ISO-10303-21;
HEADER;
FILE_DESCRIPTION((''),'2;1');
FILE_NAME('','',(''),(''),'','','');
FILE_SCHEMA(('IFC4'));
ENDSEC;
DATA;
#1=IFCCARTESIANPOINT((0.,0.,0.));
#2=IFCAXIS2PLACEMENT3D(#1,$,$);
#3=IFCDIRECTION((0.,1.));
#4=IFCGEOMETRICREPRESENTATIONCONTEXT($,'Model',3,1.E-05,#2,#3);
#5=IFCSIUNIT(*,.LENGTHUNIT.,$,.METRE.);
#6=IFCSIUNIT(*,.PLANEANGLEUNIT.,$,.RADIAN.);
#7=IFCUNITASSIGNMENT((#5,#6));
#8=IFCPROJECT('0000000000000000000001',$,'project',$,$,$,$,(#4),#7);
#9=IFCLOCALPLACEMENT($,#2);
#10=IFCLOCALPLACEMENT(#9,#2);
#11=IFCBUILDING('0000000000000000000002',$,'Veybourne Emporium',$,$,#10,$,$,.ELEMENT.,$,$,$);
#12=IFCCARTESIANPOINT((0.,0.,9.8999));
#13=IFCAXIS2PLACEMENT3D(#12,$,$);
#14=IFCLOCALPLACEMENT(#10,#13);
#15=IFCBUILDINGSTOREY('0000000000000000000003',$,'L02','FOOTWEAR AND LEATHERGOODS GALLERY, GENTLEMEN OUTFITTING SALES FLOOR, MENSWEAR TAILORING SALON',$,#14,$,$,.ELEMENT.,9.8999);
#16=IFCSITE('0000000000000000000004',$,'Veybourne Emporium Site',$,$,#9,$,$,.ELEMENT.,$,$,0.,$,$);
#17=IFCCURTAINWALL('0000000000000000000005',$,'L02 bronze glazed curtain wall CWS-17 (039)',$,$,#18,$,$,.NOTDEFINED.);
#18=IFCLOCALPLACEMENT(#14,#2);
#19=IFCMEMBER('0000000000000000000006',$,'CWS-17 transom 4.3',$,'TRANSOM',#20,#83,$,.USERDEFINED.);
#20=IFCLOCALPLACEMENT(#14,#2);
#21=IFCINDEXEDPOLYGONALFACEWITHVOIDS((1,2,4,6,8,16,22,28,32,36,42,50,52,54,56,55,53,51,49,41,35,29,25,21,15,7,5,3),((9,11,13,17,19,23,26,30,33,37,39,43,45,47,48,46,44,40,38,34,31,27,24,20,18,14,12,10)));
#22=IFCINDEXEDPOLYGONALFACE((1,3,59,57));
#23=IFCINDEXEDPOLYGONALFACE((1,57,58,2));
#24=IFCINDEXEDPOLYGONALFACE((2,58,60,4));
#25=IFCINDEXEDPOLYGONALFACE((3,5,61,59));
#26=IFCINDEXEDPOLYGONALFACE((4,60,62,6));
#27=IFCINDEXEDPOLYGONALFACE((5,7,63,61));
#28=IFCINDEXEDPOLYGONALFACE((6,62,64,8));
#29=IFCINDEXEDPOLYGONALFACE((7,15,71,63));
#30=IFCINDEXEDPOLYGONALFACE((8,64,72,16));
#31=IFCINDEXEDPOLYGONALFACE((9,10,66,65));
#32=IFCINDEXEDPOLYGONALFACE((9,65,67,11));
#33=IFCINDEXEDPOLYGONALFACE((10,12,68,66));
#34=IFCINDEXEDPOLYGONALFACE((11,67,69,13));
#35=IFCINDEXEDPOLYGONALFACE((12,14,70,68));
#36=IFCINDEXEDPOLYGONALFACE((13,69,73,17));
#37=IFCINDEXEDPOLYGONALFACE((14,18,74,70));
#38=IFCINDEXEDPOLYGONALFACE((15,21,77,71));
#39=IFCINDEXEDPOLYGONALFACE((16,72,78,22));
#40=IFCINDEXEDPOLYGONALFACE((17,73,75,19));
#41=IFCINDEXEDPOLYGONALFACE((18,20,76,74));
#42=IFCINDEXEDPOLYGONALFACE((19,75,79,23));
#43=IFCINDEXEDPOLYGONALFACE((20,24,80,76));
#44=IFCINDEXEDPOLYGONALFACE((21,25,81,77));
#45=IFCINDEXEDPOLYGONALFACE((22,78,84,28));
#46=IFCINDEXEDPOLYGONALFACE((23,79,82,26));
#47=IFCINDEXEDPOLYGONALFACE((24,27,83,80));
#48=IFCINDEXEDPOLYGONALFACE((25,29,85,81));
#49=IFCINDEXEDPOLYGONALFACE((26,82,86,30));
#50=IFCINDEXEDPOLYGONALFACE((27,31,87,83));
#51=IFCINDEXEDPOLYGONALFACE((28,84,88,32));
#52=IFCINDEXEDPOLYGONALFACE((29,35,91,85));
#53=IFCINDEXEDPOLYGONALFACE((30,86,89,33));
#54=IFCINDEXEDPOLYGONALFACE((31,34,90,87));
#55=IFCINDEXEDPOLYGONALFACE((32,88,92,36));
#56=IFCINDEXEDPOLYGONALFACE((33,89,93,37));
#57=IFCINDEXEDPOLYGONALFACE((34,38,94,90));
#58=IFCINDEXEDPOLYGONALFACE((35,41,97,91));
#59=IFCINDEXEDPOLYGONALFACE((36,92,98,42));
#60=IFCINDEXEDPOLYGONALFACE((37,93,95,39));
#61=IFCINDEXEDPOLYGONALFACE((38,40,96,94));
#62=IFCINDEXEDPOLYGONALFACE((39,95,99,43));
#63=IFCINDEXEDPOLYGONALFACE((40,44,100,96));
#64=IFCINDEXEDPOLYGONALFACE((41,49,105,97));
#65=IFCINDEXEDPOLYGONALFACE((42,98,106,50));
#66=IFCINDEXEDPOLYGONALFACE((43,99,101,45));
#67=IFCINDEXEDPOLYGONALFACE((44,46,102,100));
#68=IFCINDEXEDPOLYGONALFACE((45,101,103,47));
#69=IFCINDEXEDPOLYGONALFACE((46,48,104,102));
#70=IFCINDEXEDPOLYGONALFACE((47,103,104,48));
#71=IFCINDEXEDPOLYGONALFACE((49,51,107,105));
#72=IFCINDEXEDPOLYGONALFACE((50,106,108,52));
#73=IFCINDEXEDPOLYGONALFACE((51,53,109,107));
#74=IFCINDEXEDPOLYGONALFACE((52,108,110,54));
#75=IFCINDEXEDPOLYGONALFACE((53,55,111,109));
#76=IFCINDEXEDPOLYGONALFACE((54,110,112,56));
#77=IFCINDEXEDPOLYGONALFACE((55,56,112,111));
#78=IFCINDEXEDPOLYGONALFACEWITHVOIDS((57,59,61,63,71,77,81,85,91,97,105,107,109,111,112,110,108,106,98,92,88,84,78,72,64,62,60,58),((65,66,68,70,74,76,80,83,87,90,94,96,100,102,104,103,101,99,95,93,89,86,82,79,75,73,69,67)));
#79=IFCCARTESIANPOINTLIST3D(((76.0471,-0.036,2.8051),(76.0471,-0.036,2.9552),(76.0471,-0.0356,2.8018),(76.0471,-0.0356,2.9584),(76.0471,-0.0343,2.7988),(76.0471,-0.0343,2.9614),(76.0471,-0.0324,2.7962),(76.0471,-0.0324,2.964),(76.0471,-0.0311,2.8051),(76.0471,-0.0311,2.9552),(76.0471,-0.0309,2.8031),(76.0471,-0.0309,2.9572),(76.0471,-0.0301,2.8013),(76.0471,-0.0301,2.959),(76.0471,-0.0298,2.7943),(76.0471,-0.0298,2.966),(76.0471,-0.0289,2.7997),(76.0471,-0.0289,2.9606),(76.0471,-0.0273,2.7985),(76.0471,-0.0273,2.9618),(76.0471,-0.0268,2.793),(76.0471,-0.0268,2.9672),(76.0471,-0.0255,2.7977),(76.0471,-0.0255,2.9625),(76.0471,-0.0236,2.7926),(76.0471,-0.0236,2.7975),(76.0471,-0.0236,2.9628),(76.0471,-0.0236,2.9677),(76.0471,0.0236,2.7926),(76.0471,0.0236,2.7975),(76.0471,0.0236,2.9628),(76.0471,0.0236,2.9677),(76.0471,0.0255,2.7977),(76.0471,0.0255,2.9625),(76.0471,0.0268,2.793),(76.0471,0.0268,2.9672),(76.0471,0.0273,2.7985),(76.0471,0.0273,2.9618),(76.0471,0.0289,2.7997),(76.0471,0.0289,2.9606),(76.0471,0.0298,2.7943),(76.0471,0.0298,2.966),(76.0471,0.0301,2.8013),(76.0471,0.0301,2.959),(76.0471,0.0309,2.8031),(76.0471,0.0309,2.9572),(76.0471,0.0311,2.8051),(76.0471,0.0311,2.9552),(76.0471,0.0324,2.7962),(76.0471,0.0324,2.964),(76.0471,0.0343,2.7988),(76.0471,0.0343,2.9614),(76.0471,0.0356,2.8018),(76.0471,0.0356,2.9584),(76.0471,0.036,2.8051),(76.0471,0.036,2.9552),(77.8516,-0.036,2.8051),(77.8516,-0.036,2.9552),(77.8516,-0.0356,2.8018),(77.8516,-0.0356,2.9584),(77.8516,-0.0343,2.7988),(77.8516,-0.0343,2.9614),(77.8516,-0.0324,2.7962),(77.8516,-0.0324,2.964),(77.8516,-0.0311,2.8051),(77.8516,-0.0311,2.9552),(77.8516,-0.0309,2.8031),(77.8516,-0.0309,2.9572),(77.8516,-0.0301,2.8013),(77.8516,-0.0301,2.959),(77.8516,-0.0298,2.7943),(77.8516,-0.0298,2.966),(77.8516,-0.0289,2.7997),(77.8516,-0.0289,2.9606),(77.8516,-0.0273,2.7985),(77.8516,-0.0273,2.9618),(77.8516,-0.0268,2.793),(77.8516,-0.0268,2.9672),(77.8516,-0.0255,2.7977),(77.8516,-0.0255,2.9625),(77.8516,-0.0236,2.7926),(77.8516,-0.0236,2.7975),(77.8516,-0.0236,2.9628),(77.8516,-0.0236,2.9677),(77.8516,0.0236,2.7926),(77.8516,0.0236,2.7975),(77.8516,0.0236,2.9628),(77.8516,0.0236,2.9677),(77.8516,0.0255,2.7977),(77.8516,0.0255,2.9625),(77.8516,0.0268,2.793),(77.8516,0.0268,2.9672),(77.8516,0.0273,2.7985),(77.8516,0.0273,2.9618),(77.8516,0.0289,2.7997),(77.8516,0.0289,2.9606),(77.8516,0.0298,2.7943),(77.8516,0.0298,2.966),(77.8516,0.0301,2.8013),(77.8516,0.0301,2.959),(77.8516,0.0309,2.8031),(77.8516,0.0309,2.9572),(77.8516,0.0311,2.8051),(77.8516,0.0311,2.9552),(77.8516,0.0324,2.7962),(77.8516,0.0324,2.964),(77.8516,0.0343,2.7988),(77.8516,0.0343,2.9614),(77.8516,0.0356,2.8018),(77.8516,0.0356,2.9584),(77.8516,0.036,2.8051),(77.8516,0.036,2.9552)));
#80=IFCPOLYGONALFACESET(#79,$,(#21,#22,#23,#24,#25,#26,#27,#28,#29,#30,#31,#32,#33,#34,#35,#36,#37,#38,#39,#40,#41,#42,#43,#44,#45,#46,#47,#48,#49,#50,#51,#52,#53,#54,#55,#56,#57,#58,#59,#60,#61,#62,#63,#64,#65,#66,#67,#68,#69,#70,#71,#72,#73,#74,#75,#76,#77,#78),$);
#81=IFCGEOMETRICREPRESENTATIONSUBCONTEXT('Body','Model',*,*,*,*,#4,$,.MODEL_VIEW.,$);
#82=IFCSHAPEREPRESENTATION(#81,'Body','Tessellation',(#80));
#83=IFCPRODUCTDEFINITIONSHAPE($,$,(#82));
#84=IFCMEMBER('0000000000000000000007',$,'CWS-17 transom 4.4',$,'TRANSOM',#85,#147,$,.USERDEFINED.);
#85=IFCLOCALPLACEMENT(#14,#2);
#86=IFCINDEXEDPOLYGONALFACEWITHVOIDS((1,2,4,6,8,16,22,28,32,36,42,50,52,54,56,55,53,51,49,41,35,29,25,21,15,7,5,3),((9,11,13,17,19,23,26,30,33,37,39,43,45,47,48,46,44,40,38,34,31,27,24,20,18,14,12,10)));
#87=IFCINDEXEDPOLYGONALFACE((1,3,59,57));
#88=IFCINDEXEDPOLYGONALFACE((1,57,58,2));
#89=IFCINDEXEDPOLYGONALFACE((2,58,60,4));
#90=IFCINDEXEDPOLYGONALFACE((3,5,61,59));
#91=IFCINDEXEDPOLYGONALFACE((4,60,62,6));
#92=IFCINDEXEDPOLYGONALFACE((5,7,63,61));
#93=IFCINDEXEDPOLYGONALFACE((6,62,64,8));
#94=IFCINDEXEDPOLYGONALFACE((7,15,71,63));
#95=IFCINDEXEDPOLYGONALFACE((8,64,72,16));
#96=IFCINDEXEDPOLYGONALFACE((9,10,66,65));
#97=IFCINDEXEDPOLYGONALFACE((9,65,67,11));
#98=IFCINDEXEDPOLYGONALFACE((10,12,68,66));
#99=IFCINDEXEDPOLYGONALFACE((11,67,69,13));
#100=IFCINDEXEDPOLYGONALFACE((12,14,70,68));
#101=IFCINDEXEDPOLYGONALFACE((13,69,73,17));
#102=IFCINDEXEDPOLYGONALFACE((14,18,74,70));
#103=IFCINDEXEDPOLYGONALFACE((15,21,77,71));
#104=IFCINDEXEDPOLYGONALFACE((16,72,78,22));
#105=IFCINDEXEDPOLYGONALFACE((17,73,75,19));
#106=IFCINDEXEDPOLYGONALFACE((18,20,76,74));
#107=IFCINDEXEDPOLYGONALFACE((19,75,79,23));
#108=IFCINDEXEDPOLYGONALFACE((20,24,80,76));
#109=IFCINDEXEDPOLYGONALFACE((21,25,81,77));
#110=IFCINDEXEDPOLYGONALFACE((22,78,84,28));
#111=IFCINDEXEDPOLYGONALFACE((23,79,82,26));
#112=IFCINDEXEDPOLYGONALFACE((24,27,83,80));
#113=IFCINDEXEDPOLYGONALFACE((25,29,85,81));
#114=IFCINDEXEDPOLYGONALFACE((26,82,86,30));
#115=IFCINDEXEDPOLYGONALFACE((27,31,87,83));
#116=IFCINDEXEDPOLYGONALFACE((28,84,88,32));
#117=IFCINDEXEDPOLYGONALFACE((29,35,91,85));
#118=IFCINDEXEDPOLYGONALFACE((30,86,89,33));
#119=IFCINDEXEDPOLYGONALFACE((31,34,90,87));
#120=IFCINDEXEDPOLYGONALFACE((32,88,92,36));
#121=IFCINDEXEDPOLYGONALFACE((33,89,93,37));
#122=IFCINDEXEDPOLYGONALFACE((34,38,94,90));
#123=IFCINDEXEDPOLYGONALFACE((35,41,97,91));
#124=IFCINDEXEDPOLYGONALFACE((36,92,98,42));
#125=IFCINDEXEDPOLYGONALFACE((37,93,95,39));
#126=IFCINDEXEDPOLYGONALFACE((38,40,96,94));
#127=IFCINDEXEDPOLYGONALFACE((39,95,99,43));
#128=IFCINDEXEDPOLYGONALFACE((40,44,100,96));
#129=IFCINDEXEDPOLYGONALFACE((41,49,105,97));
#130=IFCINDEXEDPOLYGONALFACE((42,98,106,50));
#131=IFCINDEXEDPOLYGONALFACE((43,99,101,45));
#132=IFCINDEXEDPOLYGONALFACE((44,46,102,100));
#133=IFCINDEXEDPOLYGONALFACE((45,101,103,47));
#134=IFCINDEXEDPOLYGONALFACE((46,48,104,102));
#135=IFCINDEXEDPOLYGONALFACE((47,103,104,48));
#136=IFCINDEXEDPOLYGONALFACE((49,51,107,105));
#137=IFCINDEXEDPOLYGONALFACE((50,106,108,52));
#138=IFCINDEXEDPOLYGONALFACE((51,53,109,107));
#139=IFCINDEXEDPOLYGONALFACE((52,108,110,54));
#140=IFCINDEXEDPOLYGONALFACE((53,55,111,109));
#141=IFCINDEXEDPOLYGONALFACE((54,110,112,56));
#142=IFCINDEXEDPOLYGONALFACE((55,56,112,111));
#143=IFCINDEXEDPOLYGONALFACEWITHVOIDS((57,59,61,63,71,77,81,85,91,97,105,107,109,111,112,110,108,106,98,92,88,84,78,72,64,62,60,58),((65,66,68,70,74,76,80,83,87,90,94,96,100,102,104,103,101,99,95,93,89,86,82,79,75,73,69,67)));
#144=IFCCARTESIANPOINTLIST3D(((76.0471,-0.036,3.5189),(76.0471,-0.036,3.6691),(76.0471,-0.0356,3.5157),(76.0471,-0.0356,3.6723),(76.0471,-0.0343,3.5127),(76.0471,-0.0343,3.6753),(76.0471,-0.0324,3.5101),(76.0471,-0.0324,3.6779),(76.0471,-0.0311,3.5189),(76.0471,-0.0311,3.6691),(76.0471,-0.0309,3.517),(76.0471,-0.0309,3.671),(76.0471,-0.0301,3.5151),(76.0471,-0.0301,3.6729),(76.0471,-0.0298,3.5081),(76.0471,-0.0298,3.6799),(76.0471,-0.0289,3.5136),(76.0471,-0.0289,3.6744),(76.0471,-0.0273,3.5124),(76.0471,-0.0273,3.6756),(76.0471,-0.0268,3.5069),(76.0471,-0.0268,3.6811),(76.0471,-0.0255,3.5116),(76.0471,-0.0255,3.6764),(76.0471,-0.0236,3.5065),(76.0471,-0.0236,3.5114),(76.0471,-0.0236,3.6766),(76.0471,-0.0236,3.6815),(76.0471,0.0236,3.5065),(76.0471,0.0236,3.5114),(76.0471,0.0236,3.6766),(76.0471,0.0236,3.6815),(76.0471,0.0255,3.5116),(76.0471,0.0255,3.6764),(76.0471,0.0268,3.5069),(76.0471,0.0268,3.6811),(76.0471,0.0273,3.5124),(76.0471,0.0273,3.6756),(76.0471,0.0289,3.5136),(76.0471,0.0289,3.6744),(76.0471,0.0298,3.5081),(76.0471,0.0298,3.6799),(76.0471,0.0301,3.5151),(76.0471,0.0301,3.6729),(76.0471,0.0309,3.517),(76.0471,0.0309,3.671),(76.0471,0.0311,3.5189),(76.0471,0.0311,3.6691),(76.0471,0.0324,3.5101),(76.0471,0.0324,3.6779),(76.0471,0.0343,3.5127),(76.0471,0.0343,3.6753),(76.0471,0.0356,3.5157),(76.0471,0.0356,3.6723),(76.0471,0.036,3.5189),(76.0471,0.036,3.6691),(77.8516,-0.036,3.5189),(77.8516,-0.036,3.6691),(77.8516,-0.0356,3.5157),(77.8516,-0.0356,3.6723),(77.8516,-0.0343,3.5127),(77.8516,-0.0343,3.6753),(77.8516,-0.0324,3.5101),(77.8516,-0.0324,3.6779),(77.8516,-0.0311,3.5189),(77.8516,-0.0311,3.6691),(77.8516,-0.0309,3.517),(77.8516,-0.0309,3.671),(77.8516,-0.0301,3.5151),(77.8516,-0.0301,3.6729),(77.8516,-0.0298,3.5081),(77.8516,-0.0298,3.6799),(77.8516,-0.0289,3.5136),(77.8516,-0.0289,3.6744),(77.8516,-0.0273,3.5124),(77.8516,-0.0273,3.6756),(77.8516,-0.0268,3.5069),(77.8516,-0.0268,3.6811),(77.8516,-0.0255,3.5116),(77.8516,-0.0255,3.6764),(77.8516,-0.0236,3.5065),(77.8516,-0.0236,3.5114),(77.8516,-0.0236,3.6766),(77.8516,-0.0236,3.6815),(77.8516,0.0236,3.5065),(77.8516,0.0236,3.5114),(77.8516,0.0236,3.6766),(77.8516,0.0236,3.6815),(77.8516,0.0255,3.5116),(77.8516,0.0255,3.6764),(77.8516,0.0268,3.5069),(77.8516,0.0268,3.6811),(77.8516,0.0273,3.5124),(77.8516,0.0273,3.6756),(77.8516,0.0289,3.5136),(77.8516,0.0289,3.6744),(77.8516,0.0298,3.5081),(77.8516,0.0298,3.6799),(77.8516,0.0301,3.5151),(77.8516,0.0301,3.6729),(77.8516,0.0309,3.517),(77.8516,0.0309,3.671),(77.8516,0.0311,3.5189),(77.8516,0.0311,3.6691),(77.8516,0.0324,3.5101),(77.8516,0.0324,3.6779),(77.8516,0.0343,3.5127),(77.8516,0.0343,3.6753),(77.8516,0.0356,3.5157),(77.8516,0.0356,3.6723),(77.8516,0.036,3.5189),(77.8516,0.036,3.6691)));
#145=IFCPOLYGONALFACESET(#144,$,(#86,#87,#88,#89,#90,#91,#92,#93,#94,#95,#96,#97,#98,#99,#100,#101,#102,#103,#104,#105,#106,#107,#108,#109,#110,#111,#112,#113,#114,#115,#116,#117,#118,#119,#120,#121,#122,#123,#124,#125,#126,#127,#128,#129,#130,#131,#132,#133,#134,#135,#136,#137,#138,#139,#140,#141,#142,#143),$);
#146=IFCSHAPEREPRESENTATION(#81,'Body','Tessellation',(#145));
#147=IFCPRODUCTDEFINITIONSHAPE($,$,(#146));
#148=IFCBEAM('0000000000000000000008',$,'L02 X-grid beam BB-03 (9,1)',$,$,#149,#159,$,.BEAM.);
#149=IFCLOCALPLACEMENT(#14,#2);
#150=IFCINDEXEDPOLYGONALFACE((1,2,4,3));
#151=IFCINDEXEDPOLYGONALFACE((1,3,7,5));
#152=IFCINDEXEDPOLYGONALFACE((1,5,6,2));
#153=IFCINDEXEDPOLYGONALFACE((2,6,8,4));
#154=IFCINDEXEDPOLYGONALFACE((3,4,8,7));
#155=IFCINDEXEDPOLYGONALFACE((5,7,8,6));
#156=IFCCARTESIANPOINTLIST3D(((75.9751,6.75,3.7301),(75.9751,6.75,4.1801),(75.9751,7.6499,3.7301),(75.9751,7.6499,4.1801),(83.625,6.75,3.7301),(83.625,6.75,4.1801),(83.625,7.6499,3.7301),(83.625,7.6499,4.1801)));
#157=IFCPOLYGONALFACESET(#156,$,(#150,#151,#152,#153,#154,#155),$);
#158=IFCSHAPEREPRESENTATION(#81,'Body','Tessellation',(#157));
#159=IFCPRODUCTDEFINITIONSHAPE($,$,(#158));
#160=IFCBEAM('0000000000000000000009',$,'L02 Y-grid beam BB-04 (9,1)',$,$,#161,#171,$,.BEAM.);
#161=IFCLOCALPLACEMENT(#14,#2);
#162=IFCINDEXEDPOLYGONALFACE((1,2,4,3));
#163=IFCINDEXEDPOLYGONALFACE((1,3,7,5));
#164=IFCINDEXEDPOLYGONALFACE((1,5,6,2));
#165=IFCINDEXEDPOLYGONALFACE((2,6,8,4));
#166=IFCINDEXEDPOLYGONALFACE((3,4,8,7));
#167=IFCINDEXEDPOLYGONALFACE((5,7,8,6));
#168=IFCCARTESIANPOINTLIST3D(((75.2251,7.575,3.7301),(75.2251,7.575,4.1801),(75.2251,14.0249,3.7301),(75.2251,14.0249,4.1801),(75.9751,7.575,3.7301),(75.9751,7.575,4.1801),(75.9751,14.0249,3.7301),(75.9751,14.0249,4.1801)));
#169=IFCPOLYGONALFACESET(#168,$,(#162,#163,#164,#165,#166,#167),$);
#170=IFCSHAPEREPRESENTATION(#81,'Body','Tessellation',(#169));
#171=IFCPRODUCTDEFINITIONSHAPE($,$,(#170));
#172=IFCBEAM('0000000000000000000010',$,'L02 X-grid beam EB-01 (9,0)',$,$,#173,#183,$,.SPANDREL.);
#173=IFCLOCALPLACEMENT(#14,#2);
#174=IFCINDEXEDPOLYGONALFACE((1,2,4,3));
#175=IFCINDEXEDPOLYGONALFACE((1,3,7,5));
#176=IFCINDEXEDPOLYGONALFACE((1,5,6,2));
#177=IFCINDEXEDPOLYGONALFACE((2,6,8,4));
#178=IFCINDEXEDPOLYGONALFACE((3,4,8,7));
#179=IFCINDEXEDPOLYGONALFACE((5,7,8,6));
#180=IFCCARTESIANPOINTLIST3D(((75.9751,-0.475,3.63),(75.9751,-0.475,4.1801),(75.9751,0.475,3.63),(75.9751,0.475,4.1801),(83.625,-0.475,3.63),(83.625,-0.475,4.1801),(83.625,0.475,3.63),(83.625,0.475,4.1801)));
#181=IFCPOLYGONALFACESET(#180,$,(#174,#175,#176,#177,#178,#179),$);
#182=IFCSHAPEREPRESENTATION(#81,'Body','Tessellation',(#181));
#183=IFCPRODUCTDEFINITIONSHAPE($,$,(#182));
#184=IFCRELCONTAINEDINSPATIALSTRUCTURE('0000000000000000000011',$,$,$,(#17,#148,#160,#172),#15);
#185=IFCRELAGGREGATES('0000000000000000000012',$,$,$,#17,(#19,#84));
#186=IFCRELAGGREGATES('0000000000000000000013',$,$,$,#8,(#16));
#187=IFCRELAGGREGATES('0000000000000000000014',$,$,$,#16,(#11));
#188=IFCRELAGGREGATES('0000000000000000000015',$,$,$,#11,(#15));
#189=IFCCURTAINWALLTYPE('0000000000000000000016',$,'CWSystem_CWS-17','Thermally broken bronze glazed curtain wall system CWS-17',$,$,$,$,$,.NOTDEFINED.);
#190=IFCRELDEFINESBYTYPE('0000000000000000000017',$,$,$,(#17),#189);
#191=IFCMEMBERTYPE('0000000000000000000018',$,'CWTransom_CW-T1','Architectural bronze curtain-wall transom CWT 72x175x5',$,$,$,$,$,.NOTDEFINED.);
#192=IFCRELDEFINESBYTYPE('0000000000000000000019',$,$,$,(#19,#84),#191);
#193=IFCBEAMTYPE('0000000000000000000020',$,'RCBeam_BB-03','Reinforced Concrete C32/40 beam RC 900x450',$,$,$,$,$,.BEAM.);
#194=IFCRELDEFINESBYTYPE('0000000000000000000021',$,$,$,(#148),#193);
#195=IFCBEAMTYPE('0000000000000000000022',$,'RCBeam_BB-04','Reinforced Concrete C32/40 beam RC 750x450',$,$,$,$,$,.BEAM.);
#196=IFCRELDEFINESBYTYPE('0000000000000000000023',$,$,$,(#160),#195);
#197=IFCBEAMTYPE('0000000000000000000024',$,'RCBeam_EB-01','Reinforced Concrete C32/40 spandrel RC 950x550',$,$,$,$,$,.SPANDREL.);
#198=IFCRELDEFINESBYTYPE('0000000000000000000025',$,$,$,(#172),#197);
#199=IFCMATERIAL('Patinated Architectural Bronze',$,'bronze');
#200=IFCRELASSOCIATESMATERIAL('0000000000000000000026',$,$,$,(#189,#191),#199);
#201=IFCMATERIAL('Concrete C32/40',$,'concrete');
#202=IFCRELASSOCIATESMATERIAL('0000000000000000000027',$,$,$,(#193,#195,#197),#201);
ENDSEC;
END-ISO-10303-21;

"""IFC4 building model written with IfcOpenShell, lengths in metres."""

from ifc_helpers import new_model, si_unit, direction, frame, origin, origin_2d, place, context, subcontext, project, spatial, rectangle, hollow_rectangle, extrude, material, material_profile, profile_set, type_object, element, aggregate, save


model = new_model("IFC4")

# Units and contexts
model_context = context("Model", 3, precision=1e-05, world=origin(), true_north=direction((0.0, 1.0)))
body_context = subcontext(model_context, "Body", "Model", "MODEL_VIEW")
ifc_project = project(units=[si_unit("LENGTHUNIT", "METRE"), si_unit("PLANEANGLEUNIT", "RADIAN")], contexts=[model_context])

# Site, building, storey
site_placement = place(None, origin())
site = spatial("IfcSite", under=ifc_project, at=site_placement, Name="Veybourne Emporium Site", CompositionType="ELEMENT", RefElevation=0.0)
building_placement = place(site_placement, origin())
building = spatial("IfcBuilding", under=site, at=building_placement, Name="Veybourne Emporium", CompositionType="ELEMENT")
storey_placement = place(building_placement, frame((0.0, 0.0, 9.8999)))
storey = spatial("IfcBuildingStorey", under=building, at=storey_placement, Name="L02", Description="FOOTWEAR AND LEATHERGOODS GALLERY, GENTLEMEN OUTFITTING SALES FLOOR, MENSWEAR TAILORING SALON", CompositionType="ELEMENT", Elevation=9.8999)

# Curtain wall, members
ifc_material_1 = material(Name="Patinated Architectural Bronze", Category="bronze")
curtain_wall_type = type_object("IfcCurtainWallType", Name="CWSystem_CWS-17", Description="Thermally broken bronze glazed curtain wall system CWS-17", PredefinedType="NOTDEFINED", material=ifc_material_1)
curtain_wall_placement = place(storey_placement, origin())
curtain_wall = element("IfcCurtainWall", 1, at=curtain_wall_placement, inside=storey, type_object=curtain_wall_type, Name="L02 bronze glazed curtain wall CWS-17 (039)", PredefinedType="NOTDEFINED")
ifc_material_profile_1 = material_profile(ifc_material_1, hollow_rectangle(XDim=0.072, YDim=0.175, WallThickness=0.0049, InnerFilletRadius=0.0076, OuterFilletRadius=0.0125, at=origin_2d()), Name="CWT 72x175x5")
ifc_profile_set_1 = profile_set([ifc_material_profile_1], Name="Patinated Architectural Bronze")
member_type_1 = type_object("IfcMemberType", Name="CWTransom_CW-T1", Description="Architectural bronze curtain-wall transom CWT 72x175x5", PredefinedType="NOTDEFINED", material=ifc_profile_set_1)
member_1_placement = place(storey_placement, frame((77.8516, 0.0, 2.8801), z_axis=(-1.0, 0.0, 0.0), x_axis=(0.0, -1.0, 0.0)))
member_1 = element("IfcMember", 2, at=member_1_placement, type_object=member_type_1, Name="CWS-17 transom 4.3", ObjectType="TRANSOM", PredefinedType="USERDEFINED", context=body_context, shape_type="SweptSolid", body=[
    extrude(hollow_rectangle(XDim=0.072, YDim=0.175, WallThickness=0.0049, InnerFilletRadius=0.0076, OuterFilletRadius=0.0125, at=origin_2d()), origin(), (0.0, 0.0, 1.0), 1.8044),
])
member_2_placement = place(storey_placement, frame((77.8516, 0.0, 3.594), z_axis=(-1.0, 0.0, 0.0), x_axis=(0.0, -1.0, 0.0)))
member_2 = element("IfcMember", 3, at=member_2_placement, type_object=member_type_1, Name="CWS-17 transom 4.4", ObjectType="TRANSOM", PredefinedType="USERDEFINED", context=body_context, shape_type="SweptSolid", body=[
    extrude(hollow_rectangle(XDim=0.072, YDim=0.175, WallThickness=0.0049, InnerFilletRadius=0.0076, OuterFilletRadius=0.0125, at=origin_2d()), origin(), (0.0, 0.0, 1.0), 1.8044),
])

# Beams
ifc_material_2 = material(Name="Concrete C32/40", Category="concrete")
ifc_material_profile_2 = material_profile(ifc_material_2, rectangle(XDim=0.8999, YDim=0.45, at=origin_2d()), Name="RC 900x450")
ifc_profile_set_2 = profile_set([ifc_material_profile_2], Name="Concrete C32/40")
beam_type_1 = type_object("IfcBeamType", Name="RCBeam_BB-03", Description="Reinforced Concrete C32/40 beam RC 900x450", PredefinedType="BEAM", material=ifc_profile_set_2)
beam_1_placement = place(storey_placement, frame((75.9751, 7.2, 3.9551), z_axis=(1.0, 0.0, 0.0), x_axis=(0.0, 1.0, 0.0)))
element("IfcBeam", 4, at=beam_1_placement, inside=storey, type_object=beam_type_1, Name="L02 X-grid beam BB-03 (9,1)", PredefinedType="BEAM", context=body_context, shape_type="SweptSolid", body=[
    extrude(rectangle(XDim=0.8999, YDim=0.45, at=origin_2d()), origin(), (0.0, 0.0, 1.0), 7.6499),
])
ifc_material_profile_3 = material_profile(ifc_material_2, rectangle(XDim=0.75, YDim=0.45, at=origin_2d()), Name="RC 750x450")
ifc_profile_set_3 = profile_set([ifc_material_profile_3], Name="Concrete C32/40")
beam_type_2 = type_object("IfcBeamType", Name="RCBeam_BB-04", Description="Reinforced Concrete C32/40 beam RC 750x450", PredefinedType="BEAM", material=ifc_profile_set_3)
beam_2_placement = place(storey_placement, frame((75.6001, 7.575, 3.9551), z_axis=(0.0, 1.0, 0.0), x_axis=(-1.0, 0.0, 0.0)))
element("IfcBeam", 5, at=beam_2_placement, inside=storey, type_object=beam_type_2, Name="L02 Y-grid beam BB-04 (9,1)", PredefinedType="BEAM", context=body_context, shape_type="SweptSolid", body=[
    extrude(rectangle(XDim=0.75, YDim=0.45, at=origin_2d()), origin(), (0.0, 0.0, 1.0), 6.45),
])
ifc_material_profile_4 = material_profile(ifc_material_2, rectangle(XDim=0.95, YDim=0.55, at=origin_2d()), Name="RC 950x550")
ifc_profile_set_4 = profile_set([ifc_material_profile_4], Name="Concrete C32/40")
beam_type_3 = type_object("IfcBeamType", Name="RCBeam_EB-01", Description="Reinforced Concrete C32/40 spandrel RC 950x550", PredefinedType="SPANDREL", material=ifc_profile_set_4)
beam_3_placement = place(storey_placement, frame((75.9751, 0.0, 3.905), z_axis=(1.0, 0.0, 0.0), x_axis=(0.0, 1.0, 0.0)))
element("IfcBeam", 6, at=beam_3_placement, inside=storey, type_object=beam_type_3, Name="L02 X-grid beam EB-01 (9,0)", PredefinedType="SPANDREL", context=body_context, shape_type="SweptSolid", body=[
    extrude(rectangle(XDim=0.95, YDim=0.55, at=origin_2d()), origin(), (0.0, 0.0, 1.0), 7.6499),
])

aggregate(curtain_wall, [member_1, member_2])

save(model, "model.ifc")
